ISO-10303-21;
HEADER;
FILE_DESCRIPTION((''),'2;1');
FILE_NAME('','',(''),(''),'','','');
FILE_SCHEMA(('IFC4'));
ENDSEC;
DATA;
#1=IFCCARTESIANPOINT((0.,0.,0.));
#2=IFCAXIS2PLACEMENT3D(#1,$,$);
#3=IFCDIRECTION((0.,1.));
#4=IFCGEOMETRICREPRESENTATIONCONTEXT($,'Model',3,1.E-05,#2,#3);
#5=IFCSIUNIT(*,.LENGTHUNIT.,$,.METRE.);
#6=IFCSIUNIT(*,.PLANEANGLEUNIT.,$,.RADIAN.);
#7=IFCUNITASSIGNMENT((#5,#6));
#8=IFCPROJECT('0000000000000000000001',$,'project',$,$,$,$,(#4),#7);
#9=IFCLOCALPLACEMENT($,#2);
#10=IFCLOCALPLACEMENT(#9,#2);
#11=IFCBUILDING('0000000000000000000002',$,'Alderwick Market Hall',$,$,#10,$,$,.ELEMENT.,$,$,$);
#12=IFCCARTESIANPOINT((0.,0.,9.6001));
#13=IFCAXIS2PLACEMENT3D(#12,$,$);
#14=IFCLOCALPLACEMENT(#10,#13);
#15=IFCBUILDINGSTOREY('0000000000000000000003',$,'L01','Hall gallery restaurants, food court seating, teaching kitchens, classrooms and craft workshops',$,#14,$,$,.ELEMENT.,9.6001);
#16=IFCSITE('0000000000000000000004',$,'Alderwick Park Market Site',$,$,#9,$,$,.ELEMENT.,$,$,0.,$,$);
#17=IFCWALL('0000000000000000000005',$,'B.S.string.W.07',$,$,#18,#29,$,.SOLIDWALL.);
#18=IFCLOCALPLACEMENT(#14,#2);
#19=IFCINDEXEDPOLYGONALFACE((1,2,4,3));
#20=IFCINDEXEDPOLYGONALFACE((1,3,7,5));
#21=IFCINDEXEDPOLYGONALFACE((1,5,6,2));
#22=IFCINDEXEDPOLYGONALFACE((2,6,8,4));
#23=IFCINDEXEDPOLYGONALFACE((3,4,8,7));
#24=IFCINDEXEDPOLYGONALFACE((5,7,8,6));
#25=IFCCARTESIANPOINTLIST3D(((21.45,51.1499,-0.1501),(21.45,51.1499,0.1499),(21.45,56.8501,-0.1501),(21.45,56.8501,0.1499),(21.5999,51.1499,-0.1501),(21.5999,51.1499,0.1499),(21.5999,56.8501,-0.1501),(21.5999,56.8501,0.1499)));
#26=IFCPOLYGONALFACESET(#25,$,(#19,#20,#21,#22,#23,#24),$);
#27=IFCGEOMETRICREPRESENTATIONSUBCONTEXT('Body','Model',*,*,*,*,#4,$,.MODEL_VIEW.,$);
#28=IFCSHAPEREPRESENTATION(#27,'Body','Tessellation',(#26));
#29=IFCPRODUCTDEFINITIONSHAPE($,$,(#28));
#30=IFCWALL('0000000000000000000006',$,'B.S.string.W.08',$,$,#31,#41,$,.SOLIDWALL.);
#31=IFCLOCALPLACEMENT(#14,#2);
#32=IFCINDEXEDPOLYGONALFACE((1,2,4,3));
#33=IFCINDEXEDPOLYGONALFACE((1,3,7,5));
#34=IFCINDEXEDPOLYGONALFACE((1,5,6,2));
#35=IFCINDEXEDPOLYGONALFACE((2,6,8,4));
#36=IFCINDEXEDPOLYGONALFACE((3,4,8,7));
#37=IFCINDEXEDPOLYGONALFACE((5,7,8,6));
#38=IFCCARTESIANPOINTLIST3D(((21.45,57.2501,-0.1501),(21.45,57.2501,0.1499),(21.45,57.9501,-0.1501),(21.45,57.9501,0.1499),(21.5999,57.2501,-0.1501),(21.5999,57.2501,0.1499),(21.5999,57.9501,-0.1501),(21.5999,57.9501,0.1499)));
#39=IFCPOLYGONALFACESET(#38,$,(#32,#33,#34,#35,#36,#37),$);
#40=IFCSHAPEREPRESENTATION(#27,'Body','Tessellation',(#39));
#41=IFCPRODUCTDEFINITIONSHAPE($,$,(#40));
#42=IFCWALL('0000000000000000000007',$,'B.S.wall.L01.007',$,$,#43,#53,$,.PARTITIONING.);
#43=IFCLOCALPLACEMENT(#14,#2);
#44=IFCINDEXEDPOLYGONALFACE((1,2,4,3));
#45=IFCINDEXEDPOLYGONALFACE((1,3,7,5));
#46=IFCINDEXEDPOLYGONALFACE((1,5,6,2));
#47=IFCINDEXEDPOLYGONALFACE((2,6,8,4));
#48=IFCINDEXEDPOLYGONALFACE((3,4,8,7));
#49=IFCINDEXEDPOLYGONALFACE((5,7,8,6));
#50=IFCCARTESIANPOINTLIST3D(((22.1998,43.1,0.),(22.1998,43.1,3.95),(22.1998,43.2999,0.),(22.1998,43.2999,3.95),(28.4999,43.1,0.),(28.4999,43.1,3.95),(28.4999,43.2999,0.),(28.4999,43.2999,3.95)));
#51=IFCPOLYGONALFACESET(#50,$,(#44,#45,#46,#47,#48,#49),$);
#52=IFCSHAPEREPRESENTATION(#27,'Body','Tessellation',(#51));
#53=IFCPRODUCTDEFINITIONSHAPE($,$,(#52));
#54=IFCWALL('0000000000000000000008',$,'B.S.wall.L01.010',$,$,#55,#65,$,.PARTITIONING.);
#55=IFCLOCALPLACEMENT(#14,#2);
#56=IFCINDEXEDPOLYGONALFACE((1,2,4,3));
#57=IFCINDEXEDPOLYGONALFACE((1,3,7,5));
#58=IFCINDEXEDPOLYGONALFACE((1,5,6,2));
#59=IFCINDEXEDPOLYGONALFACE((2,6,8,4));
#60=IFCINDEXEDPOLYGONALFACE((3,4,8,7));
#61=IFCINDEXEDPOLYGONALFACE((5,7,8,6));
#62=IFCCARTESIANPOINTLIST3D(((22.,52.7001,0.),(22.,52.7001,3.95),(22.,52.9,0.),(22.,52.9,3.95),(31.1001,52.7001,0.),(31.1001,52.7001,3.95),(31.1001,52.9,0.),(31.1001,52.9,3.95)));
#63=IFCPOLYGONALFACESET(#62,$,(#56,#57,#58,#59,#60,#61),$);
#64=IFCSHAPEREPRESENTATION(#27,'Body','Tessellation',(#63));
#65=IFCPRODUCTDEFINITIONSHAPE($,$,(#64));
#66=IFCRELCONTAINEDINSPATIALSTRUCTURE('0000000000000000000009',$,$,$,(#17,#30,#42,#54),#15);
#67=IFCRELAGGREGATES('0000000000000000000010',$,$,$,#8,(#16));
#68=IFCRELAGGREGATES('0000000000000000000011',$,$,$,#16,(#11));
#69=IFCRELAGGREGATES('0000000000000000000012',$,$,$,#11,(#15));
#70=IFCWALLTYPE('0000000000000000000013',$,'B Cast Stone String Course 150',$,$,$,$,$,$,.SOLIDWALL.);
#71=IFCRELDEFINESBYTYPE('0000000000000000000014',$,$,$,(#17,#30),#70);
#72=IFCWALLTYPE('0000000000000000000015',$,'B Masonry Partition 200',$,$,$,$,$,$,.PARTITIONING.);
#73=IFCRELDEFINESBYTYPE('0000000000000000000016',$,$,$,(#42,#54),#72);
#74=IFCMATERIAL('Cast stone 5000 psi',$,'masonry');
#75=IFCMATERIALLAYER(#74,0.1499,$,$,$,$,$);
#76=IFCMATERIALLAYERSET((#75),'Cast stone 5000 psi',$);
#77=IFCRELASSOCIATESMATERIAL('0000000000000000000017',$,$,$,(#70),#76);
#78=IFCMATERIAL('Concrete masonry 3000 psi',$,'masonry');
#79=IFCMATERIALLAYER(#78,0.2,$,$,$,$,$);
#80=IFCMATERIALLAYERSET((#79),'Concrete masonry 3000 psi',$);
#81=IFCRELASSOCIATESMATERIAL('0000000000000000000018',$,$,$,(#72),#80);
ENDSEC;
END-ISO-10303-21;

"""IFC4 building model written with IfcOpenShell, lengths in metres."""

from ifc_helpers import new_model, si_unit, direction, frame, frame_2d, origin, place, context, subcontext, project, spatial, rectangle, extrude, material, layer, layer_set, type_object, element, save


model = new_model("IFC4")

# Units and contexts
model_context = context("Model", 3, precision=1e-05, world=origin(), true_north=direction((0.0, 1.0)))
body_context = subcontext(model_context, "Body", "Model", "MODEL_VIEW")
ifc_project = project(units=[si_unit("LENGTHUNIT", "METRE"), si_unit("PLANEANGLEUNIT", "RADIAN")], contexts=[model_context])

# Site, building, storey
site_placement = place(None, origin())
site = spatial("IfcSite", under=ifc_project, at=site_placement, Name="Alderwick Park Market Site", CompositionType="ELEMENT", RefElevation=0.0)
building_placement = place(site_placement, origin())
building = spatial("IfcBuilding", under=site, at=building_placement, Name="Alderwick Market Hall", CompositionType="ELEMENT")
storey_placement = place(building_placement, frame((0.0, 0.0, 9.6001)))
storey = spatial("IfcBuildingStorey", under=building, at=storey_placement, Name="L01", Description="Hall gallery restaurants, food court seating, teaching kitchens, classrooms and craft workshops", CompositionType="ELEMENT", Elevation=9.6001)

# Walls
ifc_material_1 = material(Name="Cast stone 5000 psi", Category="masonry")
ifc_layer_1 = layer(ifc_material_1, 0.1499)
ifc_layer_set_1 = layer_set([ifc_layer_1], Name="Cast stone 5000 psi")
wall_type_1 = type_object("IfcWallType", Name="B Cast Stone String Course 150", PredefinedType="SOLIDWALL", material=ifc_layer_set_1)
wall_1_placement = place(storey_placement, frame((21.5249, 51.1499, -0.1501), z_axis=(0.0, 0.0, 1.0), x_axis=(0.0, 1.0, 0.0)))
element("IfcWall", 1, at=wall_1_placement, inside=storey, type_object=wall_type_1, Name="B.S.string.W.07", PredefinedType="SOLIDWALL", context=body_context, shape_type="SweptSolid", body=[
    extrude(rectangle(XDim=5.7002, YDim=0.1499, at=frame_2d((2.8501, 0.0))), origin(), (0.0, 0.0, 1.0), 0.3),
])
wall_2_placement = place(storey_placement, frame((21.5249, 57.25, -0.1501), z_axis=(0.0, 0.0, 1.0), x_axis=(0.0, 1.0, 0.0)))
element("IfcWall", 2, at=wall_2_placement, inside=storey, type_object=wall_type_1, Name="B.S.string.W.08", PredefinedType="SOLIDWALL", context=body_context, shape_type="SweptSolid", body=[
    extrude(rectangle(XDim=0.7, YDim=0.1499, at=frame_2d((0.3501, 0.0))), origin(), (0.0, 0.0, 1.0), 0.3),
])
ifc_material_2 = material(Name="Concrete masonry 3000 psi", Category="masonry")
ifc_layer_2 = layer(ifc_material_2, 0.2)
ifc_layer_set_2 = layer_set([ifc_layer_2], Name="Concrete masonry 3000 psi")
wall_type_2 = type_object("IfcWallType", Name="B Masonry Partition 200", PredefinedType="PARTITIONING", material=ifc_layer_set_2)
wall_3_placement = place(storey_placement, frame((22.2, 43.2, 0.0), z_axis=(0.0, 0.0, 1.0), x_axis=(1.0, 0.0, 0.0)))
element("IfcWall", 3, at=wall_3_placement, inside=storey, type_object=wall_type_2, Name="B.S.wall.L01.007", PredefinedType="PARTITIONING", context=body_context, shape_type="SweptSolid", body=[
    extrude(rectangle(XDim=6.3, YDim=0.2, at=frame_2d((3.1499, 0.0))), origin(), (0.0, 0.0, 1.0), 3.95),
])
wall_4_placement = place(storey_placement, frame((22.0, 52.8, 0.0), z_axis=(0.0, 0.0, 1.0), x_axis=(1.0, 0.0, 0.0)))
element("IfcWall", 4, at=wall_4_placement, inside=storey, type_object=wall_type_2, Name="B.S.wall.L01.010", PredefinedType="PARTITIONING", context=body_context, shape_type="SweptSolid", body=[
    extrude(rectangle(XDim=9.1001, YDim=0.2, at=frame_2d((4.55, 0.0))), origin(), (0.0, 0.0, 1.0), 3.95),
])

save(model, "model.ifc")
